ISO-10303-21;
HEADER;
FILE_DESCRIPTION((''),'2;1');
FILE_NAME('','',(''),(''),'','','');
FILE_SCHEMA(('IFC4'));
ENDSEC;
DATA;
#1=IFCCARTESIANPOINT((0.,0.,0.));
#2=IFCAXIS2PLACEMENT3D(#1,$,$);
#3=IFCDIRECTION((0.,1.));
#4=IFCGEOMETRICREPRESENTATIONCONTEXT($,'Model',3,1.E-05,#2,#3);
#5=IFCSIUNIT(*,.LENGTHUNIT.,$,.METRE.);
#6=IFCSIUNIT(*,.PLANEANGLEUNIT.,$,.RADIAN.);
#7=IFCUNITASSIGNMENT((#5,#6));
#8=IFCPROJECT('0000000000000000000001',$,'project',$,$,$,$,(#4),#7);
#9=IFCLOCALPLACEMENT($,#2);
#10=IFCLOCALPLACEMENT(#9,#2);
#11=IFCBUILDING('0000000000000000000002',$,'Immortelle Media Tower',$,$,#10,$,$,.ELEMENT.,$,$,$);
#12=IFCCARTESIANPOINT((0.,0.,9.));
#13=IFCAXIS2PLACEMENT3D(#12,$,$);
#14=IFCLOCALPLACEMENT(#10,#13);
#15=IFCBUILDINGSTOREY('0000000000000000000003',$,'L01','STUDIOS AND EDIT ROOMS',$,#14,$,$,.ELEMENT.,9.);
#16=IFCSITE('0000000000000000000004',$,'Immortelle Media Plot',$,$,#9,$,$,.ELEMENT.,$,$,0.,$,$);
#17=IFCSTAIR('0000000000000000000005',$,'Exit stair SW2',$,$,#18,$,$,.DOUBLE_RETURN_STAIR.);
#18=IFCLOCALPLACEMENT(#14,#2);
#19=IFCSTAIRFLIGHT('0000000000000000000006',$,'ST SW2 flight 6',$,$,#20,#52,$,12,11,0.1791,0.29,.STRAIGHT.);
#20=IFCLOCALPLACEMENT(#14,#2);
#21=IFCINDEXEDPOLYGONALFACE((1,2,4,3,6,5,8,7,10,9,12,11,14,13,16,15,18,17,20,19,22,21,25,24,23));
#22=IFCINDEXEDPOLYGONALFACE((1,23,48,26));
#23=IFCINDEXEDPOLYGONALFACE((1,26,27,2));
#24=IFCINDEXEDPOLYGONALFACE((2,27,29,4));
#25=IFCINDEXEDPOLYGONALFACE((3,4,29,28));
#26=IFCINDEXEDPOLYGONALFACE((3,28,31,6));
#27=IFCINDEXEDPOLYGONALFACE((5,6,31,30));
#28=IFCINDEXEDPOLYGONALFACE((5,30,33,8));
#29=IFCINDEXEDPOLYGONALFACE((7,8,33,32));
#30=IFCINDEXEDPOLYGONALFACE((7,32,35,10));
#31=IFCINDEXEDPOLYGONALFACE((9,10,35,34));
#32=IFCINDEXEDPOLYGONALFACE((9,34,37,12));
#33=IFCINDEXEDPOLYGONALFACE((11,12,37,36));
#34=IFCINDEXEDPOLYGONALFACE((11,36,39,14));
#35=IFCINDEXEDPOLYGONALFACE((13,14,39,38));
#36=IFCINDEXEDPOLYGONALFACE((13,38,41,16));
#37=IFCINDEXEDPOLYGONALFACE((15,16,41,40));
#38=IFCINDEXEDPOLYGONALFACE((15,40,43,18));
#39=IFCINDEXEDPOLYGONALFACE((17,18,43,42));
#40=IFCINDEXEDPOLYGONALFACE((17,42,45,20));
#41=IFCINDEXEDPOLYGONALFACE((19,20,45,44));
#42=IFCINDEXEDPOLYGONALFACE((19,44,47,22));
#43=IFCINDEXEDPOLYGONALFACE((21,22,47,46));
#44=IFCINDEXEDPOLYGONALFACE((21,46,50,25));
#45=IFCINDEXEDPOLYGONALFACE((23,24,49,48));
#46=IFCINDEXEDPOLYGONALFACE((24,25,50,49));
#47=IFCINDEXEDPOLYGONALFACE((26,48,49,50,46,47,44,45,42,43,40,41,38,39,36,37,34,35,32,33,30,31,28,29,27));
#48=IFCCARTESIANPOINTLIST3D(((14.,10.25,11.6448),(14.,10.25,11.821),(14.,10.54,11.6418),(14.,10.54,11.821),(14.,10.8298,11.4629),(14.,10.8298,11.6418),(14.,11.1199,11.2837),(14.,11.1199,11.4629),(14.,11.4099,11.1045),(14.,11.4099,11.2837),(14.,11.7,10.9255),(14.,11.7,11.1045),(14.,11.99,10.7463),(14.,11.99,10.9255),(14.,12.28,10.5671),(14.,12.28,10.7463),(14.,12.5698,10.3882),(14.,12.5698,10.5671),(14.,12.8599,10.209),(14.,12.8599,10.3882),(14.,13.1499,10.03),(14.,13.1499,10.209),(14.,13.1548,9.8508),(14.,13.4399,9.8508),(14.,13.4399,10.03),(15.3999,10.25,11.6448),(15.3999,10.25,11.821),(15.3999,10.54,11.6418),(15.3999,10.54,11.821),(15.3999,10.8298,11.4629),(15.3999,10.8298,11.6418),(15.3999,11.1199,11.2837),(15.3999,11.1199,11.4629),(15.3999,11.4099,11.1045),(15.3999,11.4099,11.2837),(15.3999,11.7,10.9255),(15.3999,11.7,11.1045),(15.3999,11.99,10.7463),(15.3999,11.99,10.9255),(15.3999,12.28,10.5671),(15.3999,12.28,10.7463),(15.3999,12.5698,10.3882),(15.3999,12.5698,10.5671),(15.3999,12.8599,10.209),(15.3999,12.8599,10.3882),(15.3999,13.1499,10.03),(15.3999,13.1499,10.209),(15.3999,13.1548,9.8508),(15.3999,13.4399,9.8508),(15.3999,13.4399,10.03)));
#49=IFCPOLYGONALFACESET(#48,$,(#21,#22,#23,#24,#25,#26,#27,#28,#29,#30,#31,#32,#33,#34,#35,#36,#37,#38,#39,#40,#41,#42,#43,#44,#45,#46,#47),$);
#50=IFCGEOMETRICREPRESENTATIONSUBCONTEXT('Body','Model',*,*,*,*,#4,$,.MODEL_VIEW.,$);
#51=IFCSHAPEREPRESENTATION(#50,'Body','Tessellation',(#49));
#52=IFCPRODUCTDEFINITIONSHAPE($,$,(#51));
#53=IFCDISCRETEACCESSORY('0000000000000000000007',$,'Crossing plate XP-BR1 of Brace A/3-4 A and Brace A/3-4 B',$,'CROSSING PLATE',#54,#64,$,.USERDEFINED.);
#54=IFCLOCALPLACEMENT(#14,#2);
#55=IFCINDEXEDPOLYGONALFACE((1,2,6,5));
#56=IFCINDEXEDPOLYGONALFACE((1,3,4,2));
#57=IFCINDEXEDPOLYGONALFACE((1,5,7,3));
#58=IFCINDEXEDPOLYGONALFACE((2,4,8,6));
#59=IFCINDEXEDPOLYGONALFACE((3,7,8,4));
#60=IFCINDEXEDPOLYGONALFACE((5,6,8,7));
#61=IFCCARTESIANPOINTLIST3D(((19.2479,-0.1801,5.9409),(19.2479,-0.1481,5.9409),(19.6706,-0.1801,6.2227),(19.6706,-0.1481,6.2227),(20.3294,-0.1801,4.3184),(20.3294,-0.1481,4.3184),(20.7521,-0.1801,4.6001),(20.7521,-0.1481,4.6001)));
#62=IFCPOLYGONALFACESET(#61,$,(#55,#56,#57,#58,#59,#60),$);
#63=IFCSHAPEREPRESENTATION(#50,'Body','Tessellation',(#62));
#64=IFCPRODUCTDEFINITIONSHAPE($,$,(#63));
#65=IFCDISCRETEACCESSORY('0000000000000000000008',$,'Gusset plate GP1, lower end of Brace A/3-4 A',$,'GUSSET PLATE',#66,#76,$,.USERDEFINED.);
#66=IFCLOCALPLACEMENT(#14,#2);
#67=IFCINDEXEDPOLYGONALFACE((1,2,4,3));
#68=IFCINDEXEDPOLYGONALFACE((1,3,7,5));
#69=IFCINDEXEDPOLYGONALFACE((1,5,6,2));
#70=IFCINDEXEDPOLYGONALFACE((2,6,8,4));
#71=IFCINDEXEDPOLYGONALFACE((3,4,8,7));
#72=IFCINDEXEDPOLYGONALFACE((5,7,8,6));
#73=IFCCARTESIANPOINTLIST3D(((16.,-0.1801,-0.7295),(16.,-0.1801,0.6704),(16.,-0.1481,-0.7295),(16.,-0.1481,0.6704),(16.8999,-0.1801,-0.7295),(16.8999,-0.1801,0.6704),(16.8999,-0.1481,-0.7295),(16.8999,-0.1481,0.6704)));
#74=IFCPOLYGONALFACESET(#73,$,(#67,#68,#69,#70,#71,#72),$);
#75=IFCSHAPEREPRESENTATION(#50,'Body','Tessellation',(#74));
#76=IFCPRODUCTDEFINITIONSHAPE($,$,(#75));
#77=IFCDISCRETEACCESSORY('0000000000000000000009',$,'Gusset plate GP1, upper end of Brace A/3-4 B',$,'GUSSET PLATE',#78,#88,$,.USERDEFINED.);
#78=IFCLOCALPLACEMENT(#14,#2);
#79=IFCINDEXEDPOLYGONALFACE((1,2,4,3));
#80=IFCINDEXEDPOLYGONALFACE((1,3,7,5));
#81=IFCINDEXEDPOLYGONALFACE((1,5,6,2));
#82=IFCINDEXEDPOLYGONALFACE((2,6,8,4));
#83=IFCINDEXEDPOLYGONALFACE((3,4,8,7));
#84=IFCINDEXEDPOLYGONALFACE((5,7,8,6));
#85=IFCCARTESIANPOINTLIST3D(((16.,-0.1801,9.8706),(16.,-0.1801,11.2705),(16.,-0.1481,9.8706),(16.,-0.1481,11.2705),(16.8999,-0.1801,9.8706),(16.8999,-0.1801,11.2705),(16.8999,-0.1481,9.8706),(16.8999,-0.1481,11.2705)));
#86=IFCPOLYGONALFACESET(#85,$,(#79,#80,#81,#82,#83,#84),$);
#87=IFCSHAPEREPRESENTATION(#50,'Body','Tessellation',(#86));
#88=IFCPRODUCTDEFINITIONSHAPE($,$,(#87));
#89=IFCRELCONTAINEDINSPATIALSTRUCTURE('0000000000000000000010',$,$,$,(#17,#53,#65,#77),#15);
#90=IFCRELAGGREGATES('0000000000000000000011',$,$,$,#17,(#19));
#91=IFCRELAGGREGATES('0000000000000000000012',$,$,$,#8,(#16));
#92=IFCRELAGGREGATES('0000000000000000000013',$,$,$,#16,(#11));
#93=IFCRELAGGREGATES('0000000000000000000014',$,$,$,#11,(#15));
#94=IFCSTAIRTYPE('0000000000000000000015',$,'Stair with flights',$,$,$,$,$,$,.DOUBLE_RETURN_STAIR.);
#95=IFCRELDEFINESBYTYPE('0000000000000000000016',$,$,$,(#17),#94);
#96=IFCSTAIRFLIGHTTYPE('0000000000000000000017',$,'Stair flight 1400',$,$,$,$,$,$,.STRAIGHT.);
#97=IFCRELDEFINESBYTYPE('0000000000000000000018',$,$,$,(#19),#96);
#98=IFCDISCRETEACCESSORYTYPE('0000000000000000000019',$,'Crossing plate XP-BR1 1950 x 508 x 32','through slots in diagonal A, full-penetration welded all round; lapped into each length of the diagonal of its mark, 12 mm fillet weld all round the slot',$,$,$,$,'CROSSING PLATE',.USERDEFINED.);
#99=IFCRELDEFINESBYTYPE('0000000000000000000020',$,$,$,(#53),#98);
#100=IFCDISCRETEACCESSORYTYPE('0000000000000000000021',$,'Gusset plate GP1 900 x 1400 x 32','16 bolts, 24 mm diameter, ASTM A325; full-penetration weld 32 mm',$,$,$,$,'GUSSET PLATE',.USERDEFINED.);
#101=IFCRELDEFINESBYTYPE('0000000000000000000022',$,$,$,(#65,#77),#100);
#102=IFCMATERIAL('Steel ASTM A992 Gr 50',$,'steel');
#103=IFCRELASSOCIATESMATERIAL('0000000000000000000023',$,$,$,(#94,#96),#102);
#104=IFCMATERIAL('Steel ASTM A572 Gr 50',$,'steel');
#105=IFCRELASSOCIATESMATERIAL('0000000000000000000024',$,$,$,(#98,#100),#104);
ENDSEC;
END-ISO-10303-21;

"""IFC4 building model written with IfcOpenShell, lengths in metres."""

from ifc_helpers import new_model, si_unit, direction, frame, origin, origin_2d, place, context, subcontext, project, spatial, polyline, rectangle, outline, extrude, material, material_profile, profile_set, type_object, element, aggregate, save


model = new_model("IFC4")

# Units and contexts
model_context = context("Model", 3, precision=1e-05, world=origin(), true_north=direction((0.0, 1.0)))
body_context = subcontext(model_context, "Body", "Model", "MODEL_VIEW")
ifc_project = project(units=[si_unit("LENGTHUNIT", "METRE"), si_unit("PLANEANGLEUNIT", "RADIAN")], contexts=[model_context])

# Site, building, storey
site_placement = place(None, origin())
site = spatial("IfcSite", under=ifc_project, at=site_placement, Name="Immortelle Media Plot", CompositionType="ELEMENT", RefElevation=0.0)
building_placement = place(site_placement, origin())
building = spatial("IfcBuilding", under=site, at=building_placement, Name="Immortelle Media Tower", CompositionType="ELEMENT")
storey_placement = place(building_placement, frame((0.0, 0.0, 9.0)))
storey = spatial("IfcBuildingStorey", under=building, at=storey_placement, Name="L01", Description="STUDIOS AND EDIT ROOMS", CompositionType="ELEMENT", Elevation=9.0)

# Shared definitions
ifc_material_1 = material(Name="Steel ASTM A992 Gr 50", Category="steel")

# Stair, stair flight
stair_type = type_object("IfcStairType", Name="Stair with flights", PredefinedType="DOUBLE_RETURN_STAIR", material=ifc_material_1)
stair_flight_type = type_object("IfcStairFlightType", Name="Stair flight 1400", PredefinedType="STRAIGHT", material=ifc_material_1)
stair_1_placement = place(storey_placement, origin())
stair_1 = element("IfcStair", 1, at=stair_1_placement, inside=storey, type_object=stair_type, Name="Exit stair SW2", PredefinedType="DOUBLE_RETURN_STAIR")
stair_flight_1_placement = place(storey_placement, frame((14.7, 13.4399, 9.8508), z_axis=(0.0, 0.0, 1.0), x_axis=(0.0, -1.0, 0.0)))
stair_flight_1 = element("IfcStairFlight", 2, at=stair_flight_1_placement, type_object=stair_flight_type, Name="ST SW2 flight 6", NumberOfRisers=12, NumberOfTreads=11, PredefinedType="STRAIGHT", RiserHeight=0.1791, TreadLength=0.29, context=body_context, shape_type="SweptSolid", body=[
    extrude(outline(polyline([(0.0, 0.0), (0.0, 0.1792), (0.29, 0.1792), (0.29, 0.3582), (0.5801, 0.3582), (0.5801, 0.5374), (0.8701, 0.5374), (0.8701, 0.7163), (1.1599, 0.7163), (1.1599, 0.8955), (1.45, 0.8955), (1.45, 1.0747), (1.74, 1.0747), (1.74, 1.2537), (2.03, 1.2537), (2.03, 1.4329), (2.3201, 1.4329), (2.3201, 1.6121), (2.6101, 1.6121), (2.6101, 1.791), (2.8999, 1.791), (2.8999, 1.9702), (3.1899, 1.9702), (3.1899, 2.1492), (3.1899, 1.7939), (0.2852, 0.0), (0.0, 0.0)])), frame((0.0, 0.7, 0.0), z_axis=(0.0, -1.0, 0.0), x_axis=(1.0, 0.0, 0.0)), (0.0, 0.0, 1.0), 1.3999),
])
aggregate(stair_1, [stair_flight_1])

# Discrete accessories
ifc_material_2 = material(Name="Steel ASTM A572 Gr 50", Category="steel")
ifc_material_profile_1 = material_profile(ifc_material_2, rectangle(XDim=0.032, YDim=0.5081, at=origin_2d()), Name="PL 32 x 508")
ifc_profile_set_1 = profile_set([ifc_material_profile_1], Name="Steel ASTM A572 Gr 50")
discrete_accessory_type_1 = type_object("IfcDiscreteAccessoryType", Name="Crossing plate XP-BR1 1950 x 508 x 32", Description="through slots in diagonal A, full-penetration welded all round; lapped into each length of the diagonal of its mark, 12 mm fillet weld all round the slot", ElementType="CROSSING PLATE", PredefinedType="USERDEFINED", material=ifc_profile_set_1)
discrete_accessory_placement = place(storey_placement, frame((19.4592, -0.1641, 6.0818), z_axis=(0.554642, 0.0, -0.832089), x_axis=(0.0, 1.0, 0.0)))
element("IfcDiscreteAccessory", 3, at=discrete_accessory_placement, inside=storey, type_object=discrete_accessory_type_1, Name="Crossing plate XP-BR1 of Brace A/3-4 A and Brace A/3-4 B", ObjectType="CROSSING PLATE", PredefinedType="USERDEFINED", context=body_context, shape_type="SweptSolid", body=[
    extrude(rectangle(XDim=0.032, YDim=0.5081, at=origin_2d()), origin(), (0.0, 0.0, 1.0), 1.95),
])
ifc_material_profile_2 = material_profile(ifc_material_2, rectangle(XDim=0.032, YDim=1.3999, at=origin_2d()), Name="PL 32 x 1400")
ifc_profile_set_2 = profile_set([ifc_material_profile_2], Name="Steel ASTM A572 Gr 50")
discrete_accessory_type_2 = type_object("IfcDiscreteAccessoryType", Name="Gusset plate GP1 900 x 1400 x 32", Description="16 bolts, 24 mm diameter, ASTM A325; full-penetration weld 32 mm", ElementType="GUSSET PLATE", PredefinedType="USERDEFINED", material=ifc_profile_set_2)
for number, where, z_axis, x_axis, name in (
    (4, (16.0, -0.1641, -0.0295), (1.0, 0.0, 0.0), (0.0, 1.0, 0.0), "Gusset plate GP1, lower end of Brace A/3-4 A"),
    (5, (16.0, -0.1641, 10.5706), (1.0, 0.0, 0.0), (0.0, 1.0, 0.0), "Gusset plate GP1, upper end of Brace A/3-4 B"),
):
    element("IfcDiscreteAccessory", number, at=place(storey_placement, frame(where, z_axis=z_axis, x_axis=x_axis)), inside=storey, type_object=discrete_accessory_type_2, Name=name, ObjectType="GUSSET PLATE", PredefinedType="USERDEFINED", context=body_context, shape_type="SweptSolid", body=[
        extrude(rectangle(XDim=0.032, YDim=1.3999, at=origin_2d()), origin(), (0.0, 0.0, 1.0), 0.8999),
    ])

save(model, "model.ifc")
